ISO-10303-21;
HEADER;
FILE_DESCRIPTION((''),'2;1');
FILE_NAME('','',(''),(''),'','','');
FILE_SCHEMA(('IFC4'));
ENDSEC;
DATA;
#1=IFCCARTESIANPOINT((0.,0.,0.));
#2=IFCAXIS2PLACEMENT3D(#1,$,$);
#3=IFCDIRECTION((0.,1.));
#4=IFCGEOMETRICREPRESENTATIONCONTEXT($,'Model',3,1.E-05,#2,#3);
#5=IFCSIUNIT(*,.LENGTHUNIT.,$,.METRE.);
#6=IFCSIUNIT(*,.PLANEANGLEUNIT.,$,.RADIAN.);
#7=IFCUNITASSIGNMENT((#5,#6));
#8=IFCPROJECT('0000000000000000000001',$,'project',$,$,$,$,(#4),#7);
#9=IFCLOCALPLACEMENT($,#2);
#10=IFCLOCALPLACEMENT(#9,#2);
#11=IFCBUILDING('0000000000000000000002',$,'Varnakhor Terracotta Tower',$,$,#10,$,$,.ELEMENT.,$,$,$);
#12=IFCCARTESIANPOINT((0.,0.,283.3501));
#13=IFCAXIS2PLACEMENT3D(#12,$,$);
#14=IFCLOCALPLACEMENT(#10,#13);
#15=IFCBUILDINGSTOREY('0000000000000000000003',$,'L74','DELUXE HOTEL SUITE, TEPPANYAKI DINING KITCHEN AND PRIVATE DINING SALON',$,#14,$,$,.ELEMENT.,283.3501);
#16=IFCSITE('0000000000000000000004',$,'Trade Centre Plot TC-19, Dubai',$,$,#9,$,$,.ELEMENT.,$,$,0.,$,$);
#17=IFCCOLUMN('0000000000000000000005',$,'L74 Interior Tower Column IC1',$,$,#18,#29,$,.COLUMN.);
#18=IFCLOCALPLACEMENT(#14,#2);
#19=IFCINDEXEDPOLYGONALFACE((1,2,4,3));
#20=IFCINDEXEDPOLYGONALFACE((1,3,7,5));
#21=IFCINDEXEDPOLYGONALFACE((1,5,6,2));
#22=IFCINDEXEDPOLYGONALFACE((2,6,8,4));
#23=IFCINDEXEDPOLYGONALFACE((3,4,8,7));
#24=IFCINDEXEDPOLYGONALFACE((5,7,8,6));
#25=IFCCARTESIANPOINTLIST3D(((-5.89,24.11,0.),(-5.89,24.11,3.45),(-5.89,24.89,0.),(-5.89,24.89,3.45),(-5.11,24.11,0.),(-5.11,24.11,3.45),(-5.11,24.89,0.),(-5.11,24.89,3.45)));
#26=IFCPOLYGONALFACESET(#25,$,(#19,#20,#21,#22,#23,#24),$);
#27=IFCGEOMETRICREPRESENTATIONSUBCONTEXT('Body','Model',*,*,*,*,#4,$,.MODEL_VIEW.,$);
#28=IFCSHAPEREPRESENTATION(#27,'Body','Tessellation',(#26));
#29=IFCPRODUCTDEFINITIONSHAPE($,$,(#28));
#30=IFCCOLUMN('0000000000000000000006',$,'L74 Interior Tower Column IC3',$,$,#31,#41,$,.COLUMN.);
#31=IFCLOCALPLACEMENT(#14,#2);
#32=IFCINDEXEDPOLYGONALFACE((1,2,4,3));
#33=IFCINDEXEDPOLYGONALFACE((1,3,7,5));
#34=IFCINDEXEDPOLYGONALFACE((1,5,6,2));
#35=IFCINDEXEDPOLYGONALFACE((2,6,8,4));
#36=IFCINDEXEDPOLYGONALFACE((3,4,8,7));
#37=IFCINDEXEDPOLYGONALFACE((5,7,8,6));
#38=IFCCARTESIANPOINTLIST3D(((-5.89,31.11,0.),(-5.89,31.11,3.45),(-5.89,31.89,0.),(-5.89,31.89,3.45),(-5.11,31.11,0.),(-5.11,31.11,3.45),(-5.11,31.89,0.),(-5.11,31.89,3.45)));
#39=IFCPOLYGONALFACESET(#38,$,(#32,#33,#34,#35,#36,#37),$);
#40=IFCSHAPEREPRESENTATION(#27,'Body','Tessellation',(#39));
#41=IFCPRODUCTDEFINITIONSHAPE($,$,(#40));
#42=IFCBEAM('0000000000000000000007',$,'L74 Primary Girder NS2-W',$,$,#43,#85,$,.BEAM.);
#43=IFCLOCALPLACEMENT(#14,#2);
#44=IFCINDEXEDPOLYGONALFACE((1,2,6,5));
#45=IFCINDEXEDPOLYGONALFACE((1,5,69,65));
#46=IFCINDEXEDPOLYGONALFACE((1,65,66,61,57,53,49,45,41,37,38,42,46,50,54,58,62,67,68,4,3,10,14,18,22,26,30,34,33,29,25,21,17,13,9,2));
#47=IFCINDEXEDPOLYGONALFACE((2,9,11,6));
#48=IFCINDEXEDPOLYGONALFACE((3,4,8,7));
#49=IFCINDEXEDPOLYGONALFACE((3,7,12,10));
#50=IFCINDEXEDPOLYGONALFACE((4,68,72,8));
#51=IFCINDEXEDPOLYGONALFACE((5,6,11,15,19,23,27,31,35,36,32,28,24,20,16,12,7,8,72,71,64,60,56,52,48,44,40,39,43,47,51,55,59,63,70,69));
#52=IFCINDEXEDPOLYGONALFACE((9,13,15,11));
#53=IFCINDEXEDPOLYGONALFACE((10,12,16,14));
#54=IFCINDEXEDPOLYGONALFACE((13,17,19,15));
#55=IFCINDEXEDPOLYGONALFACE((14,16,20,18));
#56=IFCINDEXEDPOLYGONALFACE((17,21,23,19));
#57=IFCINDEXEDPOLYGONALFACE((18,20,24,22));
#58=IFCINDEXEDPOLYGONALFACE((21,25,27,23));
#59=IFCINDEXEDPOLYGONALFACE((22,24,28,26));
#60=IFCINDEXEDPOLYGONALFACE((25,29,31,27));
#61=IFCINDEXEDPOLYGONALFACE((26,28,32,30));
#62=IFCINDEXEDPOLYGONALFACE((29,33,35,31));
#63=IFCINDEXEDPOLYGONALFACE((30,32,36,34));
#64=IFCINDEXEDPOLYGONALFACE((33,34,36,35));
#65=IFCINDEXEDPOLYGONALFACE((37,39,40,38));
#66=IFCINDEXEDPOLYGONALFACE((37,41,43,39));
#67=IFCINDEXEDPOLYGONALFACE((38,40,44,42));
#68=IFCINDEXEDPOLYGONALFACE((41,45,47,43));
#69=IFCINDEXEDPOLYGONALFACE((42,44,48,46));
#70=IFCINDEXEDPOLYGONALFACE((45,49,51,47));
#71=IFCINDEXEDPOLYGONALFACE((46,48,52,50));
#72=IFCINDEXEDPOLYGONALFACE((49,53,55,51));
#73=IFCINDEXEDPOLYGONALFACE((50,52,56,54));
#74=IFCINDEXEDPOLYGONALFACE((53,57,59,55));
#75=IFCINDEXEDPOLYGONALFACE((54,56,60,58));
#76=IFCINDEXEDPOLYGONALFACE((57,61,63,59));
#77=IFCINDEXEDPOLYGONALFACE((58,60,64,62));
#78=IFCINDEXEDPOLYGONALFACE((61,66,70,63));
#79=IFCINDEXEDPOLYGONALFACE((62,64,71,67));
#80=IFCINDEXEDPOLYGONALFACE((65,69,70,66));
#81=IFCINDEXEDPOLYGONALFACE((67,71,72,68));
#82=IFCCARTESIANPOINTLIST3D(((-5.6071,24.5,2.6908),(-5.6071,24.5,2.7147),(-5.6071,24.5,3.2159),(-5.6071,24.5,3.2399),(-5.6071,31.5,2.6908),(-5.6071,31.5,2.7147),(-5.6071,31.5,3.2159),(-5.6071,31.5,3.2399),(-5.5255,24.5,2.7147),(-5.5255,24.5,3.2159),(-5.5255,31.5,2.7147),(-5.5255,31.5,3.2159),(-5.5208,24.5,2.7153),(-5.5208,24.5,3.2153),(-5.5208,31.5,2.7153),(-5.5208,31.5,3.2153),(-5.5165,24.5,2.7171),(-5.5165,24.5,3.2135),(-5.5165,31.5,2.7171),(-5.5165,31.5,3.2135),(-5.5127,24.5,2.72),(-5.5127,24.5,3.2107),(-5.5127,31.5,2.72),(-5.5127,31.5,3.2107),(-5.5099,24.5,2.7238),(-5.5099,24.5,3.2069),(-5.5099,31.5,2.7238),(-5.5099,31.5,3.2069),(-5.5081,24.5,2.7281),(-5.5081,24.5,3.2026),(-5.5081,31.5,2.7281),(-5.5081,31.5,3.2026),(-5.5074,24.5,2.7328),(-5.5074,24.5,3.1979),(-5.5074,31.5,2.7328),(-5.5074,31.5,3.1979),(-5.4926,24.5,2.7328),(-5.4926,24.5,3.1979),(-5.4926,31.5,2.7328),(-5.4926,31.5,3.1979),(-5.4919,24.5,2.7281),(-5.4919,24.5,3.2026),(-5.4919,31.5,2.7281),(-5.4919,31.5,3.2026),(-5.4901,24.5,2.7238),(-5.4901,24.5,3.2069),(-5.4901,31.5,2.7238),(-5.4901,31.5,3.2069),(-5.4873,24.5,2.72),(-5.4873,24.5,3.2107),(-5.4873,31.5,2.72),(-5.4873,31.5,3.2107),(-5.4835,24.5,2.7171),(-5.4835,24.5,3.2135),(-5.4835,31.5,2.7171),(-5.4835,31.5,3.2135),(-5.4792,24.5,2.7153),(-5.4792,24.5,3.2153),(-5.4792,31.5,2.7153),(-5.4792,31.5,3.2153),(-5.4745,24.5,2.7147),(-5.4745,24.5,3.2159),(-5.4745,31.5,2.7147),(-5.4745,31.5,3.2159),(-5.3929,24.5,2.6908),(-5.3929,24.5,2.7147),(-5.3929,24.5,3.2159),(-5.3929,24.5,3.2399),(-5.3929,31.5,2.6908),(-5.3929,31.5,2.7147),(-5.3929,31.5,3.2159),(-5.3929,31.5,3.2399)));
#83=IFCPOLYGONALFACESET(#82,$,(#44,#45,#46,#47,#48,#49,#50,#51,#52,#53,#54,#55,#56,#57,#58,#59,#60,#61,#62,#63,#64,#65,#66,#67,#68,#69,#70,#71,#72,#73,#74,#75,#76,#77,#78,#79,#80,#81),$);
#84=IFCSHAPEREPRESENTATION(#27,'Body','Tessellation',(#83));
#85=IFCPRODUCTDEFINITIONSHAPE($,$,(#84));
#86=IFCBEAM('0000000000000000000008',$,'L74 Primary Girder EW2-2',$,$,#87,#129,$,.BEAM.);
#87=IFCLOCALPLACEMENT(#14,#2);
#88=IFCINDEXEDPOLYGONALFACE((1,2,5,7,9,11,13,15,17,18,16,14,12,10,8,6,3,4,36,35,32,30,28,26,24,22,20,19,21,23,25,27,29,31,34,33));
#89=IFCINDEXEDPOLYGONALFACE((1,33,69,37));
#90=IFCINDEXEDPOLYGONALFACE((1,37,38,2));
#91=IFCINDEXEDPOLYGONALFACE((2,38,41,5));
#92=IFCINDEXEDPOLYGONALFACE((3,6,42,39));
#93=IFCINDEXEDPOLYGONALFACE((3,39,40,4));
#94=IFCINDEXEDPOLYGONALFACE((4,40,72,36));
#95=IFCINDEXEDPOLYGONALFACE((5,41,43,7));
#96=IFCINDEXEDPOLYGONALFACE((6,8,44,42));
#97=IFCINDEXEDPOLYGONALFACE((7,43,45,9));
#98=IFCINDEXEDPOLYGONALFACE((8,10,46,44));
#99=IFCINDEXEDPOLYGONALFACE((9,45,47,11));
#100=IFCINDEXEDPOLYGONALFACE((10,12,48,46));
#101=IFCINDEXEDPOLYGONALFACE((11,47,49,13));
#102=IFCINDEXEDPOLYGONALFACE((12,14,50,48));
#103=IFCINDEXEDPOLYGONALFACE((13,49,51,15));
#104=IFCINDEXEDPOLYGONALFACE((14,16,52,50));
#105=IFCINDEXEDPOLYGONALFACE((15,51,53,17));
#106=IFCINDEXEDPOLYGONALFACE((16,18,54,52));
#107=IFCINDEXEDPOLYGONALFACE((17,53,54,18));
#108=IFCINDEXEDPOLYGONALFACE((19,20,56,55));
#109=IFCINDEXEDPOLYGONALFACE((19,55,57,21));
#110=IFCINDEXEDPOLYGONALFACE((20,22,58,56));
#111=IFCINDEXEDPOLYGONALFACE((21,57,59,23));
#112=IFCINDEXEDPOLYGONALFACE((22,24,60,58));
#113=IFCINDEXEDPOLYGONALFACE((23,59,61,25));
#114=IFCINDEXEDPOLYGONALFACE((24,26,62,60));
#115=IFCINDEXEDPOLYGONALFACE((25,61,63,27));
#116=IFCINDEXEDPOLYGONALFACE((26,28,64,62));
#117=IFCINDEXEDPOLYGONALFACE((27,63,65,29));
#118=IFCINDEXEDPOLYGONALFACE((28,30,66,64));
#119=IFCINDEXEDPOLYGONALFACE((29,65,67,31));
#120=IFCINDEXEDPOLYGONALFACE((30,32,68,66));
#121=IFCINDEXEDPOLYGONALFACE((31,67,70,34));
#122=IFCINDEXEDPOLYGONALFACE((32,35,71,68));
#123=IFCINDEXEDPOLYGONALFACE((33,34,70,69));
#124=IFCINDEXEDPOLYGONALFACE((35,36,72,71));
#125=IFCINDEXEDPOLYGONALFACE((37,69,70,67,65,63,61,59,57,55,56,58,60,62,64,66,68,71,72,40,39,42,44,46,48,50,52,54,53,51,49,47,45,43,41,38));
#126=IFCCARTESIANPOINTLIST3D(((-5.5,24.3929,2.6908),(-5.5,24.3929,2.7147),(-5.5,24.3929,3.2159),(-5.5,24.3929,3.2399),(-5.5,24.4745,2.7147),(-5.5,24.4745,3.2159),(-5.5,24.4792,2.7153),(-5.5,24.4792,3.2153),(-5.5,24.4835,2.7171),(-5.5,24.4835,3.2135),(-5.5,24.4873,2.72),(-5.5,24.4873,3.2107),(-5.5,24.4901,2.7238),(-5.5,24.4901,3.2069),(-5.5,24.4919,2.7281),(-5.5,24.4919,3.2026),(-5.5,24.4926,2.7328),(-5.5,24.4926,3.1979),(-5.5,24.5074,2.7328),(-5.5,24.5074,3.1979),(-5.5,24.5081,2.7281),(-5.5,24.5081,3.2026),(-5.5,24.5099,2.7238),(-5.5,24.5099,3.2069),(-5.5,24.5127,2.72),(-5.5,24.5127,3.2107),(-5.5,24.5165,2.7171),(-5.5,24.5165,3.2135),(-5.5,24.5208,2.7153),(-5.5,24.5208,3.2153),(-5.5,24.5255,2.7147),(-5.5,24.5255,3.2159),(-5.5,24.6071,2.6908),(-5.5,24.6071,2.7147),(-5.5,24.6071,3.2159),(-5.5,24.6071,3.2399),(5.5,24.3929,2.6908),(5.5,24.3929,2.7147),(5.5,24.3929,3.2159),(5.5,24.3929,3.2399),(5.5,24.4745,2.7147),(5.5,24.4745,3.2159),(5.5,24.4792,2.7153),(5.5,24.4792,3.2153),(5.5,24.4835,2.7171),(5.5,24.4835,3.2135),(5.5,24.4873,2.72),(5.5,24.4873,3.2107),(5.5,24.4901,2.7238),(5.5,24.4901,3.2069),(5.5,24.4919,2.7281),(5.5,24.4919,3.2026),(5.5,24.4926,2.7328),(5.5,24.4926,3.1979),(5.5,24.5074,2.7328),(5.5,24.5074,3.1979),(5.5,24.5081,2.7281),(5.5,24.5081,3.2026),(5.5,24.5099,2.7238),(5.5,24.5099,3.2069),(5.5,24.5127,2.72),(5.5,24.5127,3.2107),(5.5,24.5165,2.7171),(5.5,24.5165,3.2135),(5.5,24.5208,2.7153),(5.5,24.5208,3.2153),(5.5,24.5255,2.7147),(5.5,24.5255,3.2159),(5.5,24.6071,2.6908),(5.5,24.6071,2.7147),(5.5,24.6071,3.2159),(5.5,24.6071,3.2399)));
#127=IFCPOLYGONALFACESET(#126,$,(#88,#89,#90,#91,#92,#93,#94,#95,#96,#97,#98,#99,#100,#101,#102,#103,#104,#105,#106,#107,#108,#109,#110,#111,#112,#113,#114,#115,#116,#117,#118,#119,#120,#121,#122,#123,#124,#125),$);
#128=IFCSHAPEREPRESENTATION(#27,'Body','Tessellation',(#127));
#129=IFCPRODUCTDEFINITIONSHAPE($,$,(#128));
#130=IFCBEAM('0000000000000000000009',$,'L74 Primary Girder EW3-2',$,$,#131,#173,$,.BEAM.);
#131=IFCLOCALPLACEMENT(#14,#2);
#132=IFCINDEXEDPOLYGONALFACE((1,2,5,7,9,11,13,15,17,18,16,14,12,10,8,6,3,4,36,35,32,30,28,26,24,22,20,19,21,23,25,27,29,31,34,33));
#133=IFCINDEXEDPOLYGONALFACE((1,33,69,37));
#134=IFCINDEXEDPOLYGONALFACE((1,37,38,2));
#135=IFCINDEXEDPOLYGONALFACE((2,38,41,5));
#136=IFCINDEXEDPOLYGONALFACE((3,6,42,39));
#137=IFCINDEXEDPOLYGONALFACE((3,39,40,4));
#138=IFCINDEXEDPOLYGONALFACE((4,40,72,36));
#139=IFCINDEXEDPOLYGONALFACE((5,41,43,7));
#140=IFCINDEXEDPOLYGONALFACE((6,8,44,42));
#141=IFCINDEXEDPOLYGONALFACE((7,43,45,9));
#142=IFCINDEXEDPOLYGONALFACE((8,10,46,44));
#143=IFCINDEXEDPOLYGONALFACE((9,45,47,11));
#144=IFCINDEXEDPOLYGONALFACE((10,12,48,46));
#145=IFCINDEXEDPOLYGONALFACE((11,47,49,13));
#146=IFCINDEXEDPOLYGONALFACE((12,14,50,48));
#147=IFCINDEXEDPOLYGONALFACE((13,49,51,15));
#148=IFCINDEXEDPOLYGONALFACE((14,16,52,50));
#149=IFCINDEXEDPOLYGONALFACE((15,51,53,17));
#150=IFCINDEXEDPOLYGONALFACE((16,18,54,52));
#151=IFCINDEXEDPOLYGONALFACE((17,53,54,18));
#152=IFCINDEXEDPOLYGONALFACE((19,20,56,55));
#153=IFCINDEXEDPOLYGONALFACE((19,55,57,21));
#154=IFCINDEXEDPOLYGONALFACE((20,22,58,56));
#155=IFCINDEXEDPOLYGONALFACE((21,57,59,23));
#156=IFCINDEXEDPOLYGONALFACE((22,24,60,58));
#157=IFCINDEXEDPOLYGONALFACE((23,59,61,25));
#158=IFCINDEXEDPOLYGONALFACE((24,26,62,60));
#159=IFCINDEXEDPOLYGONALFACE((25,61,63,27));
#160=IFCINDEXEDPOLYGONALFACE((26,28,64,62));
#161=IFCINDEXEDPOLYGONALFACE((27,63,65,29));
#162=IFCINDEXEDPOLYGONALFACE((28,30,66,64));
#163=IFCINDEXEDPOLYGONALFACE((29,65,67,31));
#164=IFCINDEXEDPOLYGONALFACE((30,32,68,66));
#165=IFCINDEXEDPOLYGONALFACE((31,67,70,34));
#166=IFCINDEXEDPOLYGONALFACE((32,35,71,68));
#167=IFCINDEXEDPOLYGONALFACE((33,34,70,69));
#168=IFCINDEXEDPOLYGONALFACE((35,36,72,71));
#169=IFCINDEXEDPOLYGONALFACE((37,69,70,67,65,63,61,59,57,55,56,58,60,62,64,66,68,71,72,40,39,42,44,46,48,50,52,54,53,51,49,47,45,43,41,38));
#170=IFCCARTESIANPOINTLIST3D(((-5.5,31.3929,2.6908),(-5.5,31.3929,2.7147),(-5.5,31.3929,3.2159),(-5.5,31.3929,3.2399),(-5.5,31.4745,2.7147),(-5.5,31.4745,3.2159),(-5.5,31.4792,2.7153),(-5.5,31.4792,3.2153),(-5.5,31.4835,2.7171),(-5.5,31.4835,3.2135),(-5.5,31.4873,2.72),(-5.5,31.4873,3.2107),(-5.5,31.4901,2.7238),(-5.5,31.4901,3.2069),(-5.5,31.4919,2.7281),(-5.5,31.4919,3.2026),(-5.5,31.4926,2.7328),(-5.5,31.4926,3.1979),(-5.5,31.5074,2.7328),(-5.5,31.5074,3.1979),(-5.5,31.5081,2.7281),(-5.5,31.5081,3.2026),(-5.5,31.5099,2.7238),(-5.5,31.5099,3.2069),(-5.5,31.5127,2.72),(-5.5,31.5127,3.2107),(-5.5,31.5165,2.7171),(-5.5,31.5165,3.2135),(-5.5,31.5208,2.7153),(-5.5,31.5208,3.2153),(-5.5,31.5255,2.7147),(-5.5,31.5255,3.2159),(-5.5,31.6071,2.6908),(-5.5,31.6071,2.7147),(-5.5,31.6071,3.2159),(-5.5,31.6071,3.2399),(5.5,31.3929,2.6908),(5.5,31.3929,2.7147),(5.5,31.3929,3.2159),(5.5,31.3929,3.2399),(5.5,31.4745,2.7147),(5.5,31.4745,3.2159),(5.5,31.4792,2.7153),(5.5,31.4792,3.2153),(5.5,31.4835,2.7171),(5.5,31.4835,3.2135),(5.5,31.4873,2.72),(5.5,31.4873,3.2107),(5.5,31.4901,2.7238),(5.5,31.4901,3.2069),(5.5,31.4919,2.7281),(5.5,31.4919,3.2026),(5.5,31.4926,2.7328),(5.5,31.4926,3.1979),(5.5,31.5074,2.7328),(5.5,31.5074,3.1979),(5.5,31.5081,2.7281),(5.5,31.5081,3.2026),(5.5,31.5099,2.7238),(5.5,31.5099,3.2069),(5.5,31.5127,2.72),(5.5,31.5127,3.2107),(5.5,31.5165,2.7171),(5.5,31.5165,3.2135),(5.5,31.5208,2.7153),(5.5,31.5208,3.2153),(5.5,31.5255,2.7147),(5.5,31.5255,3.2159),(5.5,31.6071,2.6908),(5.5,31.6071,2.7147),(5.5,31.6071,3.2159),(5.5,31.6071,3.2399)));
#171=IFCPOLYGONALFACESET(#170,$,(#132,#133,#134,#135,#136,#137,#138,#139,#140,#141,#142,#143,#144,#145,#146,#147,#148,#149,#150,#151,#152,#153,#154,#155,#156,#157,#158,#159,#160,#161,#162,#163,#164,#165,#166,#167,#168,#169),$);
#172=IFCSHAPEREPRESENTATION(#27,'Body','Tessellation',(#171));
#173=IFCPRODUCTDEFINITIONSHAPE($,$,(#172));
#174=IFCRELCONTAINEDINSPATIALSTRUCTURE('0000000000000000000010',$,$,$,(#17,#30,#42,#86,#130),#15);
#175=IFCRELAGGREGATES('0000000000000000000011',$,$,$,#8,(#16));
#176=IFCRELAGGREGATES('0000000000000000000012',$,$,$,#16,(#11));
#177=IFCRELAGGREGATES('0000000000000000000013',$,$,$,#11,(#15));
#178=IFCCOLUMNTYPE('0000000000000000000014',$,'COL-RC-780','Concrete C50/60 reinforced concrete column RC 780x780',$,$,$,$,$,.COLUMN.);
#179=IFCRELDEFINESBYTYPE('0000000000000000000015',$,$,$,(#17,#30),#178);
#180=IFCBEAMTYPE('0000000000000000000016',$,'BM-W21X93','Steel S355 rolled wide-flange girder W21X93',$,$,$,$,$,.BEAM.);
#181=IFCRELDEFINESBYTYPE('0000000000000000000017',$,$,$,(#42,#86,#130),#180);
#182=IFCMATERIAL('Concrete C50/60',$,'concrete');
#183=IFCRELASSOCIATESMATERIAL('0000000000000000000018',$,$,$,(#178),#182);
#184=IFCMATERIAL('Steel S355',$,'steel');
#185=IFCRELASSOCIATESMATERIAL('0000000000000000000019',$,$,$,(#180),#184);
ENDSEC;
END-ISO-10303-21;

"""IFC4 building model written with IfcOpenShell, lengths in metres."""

from ifc_helpers import new_model, si_unit, direction, frame, origin, origin_2d, place, context, subcontext, project, spatial, rectangle, i_section, extrude, source, transform, mapped, material, material_profile, profile_set, type_object, element, save


model = new_model("IFC4")

# Units and contexts
model_context = context("Model", 3, precision=1e-05, world=origin(), true_north=direction((0.0, 1.0)))
body_context = subcontext(model_context, "Body", "Model", "MODEL_VIEW")
ifc_project = project(units=[si_unit("LENGTHUNIT", "METRE"), si_unit("PLANEANGLEUNIT", "RADIAN")], contexts=[model_context])

# Site, building, storey
site_placement = place(None, origin())
site = spatial("IfcSite", under=ifc_project, at=site_placement, Name="Trade Centre Plot TC-19, Dubai", CompositionType="ELEMENT", RefElevation=0.0)
building_placement = place(site_placement, origin())
building = spatial("IfcBuilding", under=site, at=building_placement, Name="Varnakhor Terracotta Tower", CompositionType="ELEMENT")
storey_placement = place(building_placement, frame((0.0, 0.0, 283.3501)))
storey = spatial("IfcBuildingStorey", under=building, at=storey_placement, Name="L74", Description="DELUXE HOTEL SUITE, TEPPANYAKI DINING KITCHEN AND PRIVATE DINING SALON", CompositionType="ELEMENT", Elevation=283.3501)

# Columns
ifc_material_1 = material(Name="Concrete C50/60", Category="concrete")
ifc_material_profile_1 = material_profile(ifc_material_1, rectangle(XDim=0.78, YDim=0.78, at=origin_2d()), Name="RC 780x780")
ifc_profile_set_1 = profile_set([ifc_material_profile_1], Name="Concrete C50/60")
column_type = type_object("IfcColumnType", Name="COL-RC-780", Description="Concrete C50/60 reinforced concrete column RC 780x780", PredefinedType="COLUMN", material=ifc_profile_set_1)
shared_shape_1 = source(origin(), body_context, "Body", "SweptSolid", [
    extrude(rectangle(XDim=0.78, YDim=0.78, at=origin_2d()), origin(), (0.0, 0.0, 1.0), 3.45),
])
for number, where, z_axis, x_axis, name in (
    (1, (-5.5, 24.5, 0.0), (0.0, 0.0, 1.0), (1.0, 0.0, 0.0), "L74 Interior Tower Column IC1"),
    (2, (-5.5, 31.5, 0.0), (0.0, 0.0, 1.0), (1.0, 0.0, 0.0), "L74 Interior Tower Column IC3"),
):
    element("IfcColumn", number, at=place(storey_placement, frame(where, z_axis=z_axis, x_axis=x_axis)), inside=storey, type_object=column_type, Name=name, PredefinedType="COLUMN", context=body_context, shape_type="MappedRepresentation", body=[
        mapped(shared_shape_1, transform((0.0, 0.0, 0.0), scale=1.0)),
    ])

# Beams
ifc_material_2 = material(Name="Steel S355", Category="steel")
ifc_material_profile_2 = material_profile(ifc_material_2, i_section(OverallWidth=0.2141, OverallDepth=0.5491, WebThickness=0.0149, FlangeThickness=0.0239, FilletRadius=0.0181, at=origin_2d()), Name="W21X93")
ifc_profile_set_2 = profile_set([ifc_material_profile_2], Name="Steel S355")
beam_type_1 = type_object("IfcBeamType", Name="BM-W21X93", Description="Steel S355 rolled wide-flange girder W21X93", PredefinedType="BEAM", material=ifc_profile_set_2)
shared_shape_2 = source(origin(), body_context, "Body", "SweptSolid", [
    extrude(i_section(OverallWidth=0.2141, OverallDepth=0.5491, WebThickness=0.0149, FlangeThickness=0.0239, FilletRadius=0.0181, at=origin_2d()), origin(), (0.0, 0.0, 1.0), 7.0),
])
beam_1_placement = place(storey_placement, frame((-5.5, 24.5, 2.9653), z_axis=(0.0, 1.0, 0.0), x_axis=(-1.0, 0.0, 0.0)))
element("IfcBeam", 3, at=beam_1_placement, inside=storey, type_object=beam_type_1, Name="L74 Primary Girder NS2-W", PredefinedType="BEAM", context=body_context, shape_type="MappedRepresentation", body=[
    mapped(shared_shape_2, transform((0.0, 0.0, 0.0), scale=1.0)),
])
shared_shape_3 = source(origin(), body_context, "Body", "SweptSolid", [
    extrude(i_section(OverallWidth=0.2141, OverallDepth=0.5491, WebThickness=0.0149, FlangeThickness=0.0239, FilletRadius=0.0181, at=origin_2d()), origin(), (0.0, 0.0, 1.0), 11.0),
])
for number, where, z_axis, x_axis, name in (
    (4, (-5.5, 24.5, 2.9653), (1.0, 0.0, 0.0), (0.0, 1.0, 0.0), "L74 Primary Girder EW2-2"),
    (5, (-5.5, 31.5, 2.9653), (1.0, 0.0, 0.0), (0.0, 1.0, 0.0), "L74 Primary Girder EW3-2"),
):
    element("IfcBeam", number, at=place(storey_placement, frame(where, z_axis=z_axis, x_axis=x_axis)), inside=storey, type_object=beam_type_1, Name=name, PredefinedType="BEAM", context=body_context, shape_type="MappedRepresentation", body=[
        mapped(shared_shape_3, transform((0.0, 0.0, 0.0), scale=1.0)),
    ])

save(model, "model.ifc")
